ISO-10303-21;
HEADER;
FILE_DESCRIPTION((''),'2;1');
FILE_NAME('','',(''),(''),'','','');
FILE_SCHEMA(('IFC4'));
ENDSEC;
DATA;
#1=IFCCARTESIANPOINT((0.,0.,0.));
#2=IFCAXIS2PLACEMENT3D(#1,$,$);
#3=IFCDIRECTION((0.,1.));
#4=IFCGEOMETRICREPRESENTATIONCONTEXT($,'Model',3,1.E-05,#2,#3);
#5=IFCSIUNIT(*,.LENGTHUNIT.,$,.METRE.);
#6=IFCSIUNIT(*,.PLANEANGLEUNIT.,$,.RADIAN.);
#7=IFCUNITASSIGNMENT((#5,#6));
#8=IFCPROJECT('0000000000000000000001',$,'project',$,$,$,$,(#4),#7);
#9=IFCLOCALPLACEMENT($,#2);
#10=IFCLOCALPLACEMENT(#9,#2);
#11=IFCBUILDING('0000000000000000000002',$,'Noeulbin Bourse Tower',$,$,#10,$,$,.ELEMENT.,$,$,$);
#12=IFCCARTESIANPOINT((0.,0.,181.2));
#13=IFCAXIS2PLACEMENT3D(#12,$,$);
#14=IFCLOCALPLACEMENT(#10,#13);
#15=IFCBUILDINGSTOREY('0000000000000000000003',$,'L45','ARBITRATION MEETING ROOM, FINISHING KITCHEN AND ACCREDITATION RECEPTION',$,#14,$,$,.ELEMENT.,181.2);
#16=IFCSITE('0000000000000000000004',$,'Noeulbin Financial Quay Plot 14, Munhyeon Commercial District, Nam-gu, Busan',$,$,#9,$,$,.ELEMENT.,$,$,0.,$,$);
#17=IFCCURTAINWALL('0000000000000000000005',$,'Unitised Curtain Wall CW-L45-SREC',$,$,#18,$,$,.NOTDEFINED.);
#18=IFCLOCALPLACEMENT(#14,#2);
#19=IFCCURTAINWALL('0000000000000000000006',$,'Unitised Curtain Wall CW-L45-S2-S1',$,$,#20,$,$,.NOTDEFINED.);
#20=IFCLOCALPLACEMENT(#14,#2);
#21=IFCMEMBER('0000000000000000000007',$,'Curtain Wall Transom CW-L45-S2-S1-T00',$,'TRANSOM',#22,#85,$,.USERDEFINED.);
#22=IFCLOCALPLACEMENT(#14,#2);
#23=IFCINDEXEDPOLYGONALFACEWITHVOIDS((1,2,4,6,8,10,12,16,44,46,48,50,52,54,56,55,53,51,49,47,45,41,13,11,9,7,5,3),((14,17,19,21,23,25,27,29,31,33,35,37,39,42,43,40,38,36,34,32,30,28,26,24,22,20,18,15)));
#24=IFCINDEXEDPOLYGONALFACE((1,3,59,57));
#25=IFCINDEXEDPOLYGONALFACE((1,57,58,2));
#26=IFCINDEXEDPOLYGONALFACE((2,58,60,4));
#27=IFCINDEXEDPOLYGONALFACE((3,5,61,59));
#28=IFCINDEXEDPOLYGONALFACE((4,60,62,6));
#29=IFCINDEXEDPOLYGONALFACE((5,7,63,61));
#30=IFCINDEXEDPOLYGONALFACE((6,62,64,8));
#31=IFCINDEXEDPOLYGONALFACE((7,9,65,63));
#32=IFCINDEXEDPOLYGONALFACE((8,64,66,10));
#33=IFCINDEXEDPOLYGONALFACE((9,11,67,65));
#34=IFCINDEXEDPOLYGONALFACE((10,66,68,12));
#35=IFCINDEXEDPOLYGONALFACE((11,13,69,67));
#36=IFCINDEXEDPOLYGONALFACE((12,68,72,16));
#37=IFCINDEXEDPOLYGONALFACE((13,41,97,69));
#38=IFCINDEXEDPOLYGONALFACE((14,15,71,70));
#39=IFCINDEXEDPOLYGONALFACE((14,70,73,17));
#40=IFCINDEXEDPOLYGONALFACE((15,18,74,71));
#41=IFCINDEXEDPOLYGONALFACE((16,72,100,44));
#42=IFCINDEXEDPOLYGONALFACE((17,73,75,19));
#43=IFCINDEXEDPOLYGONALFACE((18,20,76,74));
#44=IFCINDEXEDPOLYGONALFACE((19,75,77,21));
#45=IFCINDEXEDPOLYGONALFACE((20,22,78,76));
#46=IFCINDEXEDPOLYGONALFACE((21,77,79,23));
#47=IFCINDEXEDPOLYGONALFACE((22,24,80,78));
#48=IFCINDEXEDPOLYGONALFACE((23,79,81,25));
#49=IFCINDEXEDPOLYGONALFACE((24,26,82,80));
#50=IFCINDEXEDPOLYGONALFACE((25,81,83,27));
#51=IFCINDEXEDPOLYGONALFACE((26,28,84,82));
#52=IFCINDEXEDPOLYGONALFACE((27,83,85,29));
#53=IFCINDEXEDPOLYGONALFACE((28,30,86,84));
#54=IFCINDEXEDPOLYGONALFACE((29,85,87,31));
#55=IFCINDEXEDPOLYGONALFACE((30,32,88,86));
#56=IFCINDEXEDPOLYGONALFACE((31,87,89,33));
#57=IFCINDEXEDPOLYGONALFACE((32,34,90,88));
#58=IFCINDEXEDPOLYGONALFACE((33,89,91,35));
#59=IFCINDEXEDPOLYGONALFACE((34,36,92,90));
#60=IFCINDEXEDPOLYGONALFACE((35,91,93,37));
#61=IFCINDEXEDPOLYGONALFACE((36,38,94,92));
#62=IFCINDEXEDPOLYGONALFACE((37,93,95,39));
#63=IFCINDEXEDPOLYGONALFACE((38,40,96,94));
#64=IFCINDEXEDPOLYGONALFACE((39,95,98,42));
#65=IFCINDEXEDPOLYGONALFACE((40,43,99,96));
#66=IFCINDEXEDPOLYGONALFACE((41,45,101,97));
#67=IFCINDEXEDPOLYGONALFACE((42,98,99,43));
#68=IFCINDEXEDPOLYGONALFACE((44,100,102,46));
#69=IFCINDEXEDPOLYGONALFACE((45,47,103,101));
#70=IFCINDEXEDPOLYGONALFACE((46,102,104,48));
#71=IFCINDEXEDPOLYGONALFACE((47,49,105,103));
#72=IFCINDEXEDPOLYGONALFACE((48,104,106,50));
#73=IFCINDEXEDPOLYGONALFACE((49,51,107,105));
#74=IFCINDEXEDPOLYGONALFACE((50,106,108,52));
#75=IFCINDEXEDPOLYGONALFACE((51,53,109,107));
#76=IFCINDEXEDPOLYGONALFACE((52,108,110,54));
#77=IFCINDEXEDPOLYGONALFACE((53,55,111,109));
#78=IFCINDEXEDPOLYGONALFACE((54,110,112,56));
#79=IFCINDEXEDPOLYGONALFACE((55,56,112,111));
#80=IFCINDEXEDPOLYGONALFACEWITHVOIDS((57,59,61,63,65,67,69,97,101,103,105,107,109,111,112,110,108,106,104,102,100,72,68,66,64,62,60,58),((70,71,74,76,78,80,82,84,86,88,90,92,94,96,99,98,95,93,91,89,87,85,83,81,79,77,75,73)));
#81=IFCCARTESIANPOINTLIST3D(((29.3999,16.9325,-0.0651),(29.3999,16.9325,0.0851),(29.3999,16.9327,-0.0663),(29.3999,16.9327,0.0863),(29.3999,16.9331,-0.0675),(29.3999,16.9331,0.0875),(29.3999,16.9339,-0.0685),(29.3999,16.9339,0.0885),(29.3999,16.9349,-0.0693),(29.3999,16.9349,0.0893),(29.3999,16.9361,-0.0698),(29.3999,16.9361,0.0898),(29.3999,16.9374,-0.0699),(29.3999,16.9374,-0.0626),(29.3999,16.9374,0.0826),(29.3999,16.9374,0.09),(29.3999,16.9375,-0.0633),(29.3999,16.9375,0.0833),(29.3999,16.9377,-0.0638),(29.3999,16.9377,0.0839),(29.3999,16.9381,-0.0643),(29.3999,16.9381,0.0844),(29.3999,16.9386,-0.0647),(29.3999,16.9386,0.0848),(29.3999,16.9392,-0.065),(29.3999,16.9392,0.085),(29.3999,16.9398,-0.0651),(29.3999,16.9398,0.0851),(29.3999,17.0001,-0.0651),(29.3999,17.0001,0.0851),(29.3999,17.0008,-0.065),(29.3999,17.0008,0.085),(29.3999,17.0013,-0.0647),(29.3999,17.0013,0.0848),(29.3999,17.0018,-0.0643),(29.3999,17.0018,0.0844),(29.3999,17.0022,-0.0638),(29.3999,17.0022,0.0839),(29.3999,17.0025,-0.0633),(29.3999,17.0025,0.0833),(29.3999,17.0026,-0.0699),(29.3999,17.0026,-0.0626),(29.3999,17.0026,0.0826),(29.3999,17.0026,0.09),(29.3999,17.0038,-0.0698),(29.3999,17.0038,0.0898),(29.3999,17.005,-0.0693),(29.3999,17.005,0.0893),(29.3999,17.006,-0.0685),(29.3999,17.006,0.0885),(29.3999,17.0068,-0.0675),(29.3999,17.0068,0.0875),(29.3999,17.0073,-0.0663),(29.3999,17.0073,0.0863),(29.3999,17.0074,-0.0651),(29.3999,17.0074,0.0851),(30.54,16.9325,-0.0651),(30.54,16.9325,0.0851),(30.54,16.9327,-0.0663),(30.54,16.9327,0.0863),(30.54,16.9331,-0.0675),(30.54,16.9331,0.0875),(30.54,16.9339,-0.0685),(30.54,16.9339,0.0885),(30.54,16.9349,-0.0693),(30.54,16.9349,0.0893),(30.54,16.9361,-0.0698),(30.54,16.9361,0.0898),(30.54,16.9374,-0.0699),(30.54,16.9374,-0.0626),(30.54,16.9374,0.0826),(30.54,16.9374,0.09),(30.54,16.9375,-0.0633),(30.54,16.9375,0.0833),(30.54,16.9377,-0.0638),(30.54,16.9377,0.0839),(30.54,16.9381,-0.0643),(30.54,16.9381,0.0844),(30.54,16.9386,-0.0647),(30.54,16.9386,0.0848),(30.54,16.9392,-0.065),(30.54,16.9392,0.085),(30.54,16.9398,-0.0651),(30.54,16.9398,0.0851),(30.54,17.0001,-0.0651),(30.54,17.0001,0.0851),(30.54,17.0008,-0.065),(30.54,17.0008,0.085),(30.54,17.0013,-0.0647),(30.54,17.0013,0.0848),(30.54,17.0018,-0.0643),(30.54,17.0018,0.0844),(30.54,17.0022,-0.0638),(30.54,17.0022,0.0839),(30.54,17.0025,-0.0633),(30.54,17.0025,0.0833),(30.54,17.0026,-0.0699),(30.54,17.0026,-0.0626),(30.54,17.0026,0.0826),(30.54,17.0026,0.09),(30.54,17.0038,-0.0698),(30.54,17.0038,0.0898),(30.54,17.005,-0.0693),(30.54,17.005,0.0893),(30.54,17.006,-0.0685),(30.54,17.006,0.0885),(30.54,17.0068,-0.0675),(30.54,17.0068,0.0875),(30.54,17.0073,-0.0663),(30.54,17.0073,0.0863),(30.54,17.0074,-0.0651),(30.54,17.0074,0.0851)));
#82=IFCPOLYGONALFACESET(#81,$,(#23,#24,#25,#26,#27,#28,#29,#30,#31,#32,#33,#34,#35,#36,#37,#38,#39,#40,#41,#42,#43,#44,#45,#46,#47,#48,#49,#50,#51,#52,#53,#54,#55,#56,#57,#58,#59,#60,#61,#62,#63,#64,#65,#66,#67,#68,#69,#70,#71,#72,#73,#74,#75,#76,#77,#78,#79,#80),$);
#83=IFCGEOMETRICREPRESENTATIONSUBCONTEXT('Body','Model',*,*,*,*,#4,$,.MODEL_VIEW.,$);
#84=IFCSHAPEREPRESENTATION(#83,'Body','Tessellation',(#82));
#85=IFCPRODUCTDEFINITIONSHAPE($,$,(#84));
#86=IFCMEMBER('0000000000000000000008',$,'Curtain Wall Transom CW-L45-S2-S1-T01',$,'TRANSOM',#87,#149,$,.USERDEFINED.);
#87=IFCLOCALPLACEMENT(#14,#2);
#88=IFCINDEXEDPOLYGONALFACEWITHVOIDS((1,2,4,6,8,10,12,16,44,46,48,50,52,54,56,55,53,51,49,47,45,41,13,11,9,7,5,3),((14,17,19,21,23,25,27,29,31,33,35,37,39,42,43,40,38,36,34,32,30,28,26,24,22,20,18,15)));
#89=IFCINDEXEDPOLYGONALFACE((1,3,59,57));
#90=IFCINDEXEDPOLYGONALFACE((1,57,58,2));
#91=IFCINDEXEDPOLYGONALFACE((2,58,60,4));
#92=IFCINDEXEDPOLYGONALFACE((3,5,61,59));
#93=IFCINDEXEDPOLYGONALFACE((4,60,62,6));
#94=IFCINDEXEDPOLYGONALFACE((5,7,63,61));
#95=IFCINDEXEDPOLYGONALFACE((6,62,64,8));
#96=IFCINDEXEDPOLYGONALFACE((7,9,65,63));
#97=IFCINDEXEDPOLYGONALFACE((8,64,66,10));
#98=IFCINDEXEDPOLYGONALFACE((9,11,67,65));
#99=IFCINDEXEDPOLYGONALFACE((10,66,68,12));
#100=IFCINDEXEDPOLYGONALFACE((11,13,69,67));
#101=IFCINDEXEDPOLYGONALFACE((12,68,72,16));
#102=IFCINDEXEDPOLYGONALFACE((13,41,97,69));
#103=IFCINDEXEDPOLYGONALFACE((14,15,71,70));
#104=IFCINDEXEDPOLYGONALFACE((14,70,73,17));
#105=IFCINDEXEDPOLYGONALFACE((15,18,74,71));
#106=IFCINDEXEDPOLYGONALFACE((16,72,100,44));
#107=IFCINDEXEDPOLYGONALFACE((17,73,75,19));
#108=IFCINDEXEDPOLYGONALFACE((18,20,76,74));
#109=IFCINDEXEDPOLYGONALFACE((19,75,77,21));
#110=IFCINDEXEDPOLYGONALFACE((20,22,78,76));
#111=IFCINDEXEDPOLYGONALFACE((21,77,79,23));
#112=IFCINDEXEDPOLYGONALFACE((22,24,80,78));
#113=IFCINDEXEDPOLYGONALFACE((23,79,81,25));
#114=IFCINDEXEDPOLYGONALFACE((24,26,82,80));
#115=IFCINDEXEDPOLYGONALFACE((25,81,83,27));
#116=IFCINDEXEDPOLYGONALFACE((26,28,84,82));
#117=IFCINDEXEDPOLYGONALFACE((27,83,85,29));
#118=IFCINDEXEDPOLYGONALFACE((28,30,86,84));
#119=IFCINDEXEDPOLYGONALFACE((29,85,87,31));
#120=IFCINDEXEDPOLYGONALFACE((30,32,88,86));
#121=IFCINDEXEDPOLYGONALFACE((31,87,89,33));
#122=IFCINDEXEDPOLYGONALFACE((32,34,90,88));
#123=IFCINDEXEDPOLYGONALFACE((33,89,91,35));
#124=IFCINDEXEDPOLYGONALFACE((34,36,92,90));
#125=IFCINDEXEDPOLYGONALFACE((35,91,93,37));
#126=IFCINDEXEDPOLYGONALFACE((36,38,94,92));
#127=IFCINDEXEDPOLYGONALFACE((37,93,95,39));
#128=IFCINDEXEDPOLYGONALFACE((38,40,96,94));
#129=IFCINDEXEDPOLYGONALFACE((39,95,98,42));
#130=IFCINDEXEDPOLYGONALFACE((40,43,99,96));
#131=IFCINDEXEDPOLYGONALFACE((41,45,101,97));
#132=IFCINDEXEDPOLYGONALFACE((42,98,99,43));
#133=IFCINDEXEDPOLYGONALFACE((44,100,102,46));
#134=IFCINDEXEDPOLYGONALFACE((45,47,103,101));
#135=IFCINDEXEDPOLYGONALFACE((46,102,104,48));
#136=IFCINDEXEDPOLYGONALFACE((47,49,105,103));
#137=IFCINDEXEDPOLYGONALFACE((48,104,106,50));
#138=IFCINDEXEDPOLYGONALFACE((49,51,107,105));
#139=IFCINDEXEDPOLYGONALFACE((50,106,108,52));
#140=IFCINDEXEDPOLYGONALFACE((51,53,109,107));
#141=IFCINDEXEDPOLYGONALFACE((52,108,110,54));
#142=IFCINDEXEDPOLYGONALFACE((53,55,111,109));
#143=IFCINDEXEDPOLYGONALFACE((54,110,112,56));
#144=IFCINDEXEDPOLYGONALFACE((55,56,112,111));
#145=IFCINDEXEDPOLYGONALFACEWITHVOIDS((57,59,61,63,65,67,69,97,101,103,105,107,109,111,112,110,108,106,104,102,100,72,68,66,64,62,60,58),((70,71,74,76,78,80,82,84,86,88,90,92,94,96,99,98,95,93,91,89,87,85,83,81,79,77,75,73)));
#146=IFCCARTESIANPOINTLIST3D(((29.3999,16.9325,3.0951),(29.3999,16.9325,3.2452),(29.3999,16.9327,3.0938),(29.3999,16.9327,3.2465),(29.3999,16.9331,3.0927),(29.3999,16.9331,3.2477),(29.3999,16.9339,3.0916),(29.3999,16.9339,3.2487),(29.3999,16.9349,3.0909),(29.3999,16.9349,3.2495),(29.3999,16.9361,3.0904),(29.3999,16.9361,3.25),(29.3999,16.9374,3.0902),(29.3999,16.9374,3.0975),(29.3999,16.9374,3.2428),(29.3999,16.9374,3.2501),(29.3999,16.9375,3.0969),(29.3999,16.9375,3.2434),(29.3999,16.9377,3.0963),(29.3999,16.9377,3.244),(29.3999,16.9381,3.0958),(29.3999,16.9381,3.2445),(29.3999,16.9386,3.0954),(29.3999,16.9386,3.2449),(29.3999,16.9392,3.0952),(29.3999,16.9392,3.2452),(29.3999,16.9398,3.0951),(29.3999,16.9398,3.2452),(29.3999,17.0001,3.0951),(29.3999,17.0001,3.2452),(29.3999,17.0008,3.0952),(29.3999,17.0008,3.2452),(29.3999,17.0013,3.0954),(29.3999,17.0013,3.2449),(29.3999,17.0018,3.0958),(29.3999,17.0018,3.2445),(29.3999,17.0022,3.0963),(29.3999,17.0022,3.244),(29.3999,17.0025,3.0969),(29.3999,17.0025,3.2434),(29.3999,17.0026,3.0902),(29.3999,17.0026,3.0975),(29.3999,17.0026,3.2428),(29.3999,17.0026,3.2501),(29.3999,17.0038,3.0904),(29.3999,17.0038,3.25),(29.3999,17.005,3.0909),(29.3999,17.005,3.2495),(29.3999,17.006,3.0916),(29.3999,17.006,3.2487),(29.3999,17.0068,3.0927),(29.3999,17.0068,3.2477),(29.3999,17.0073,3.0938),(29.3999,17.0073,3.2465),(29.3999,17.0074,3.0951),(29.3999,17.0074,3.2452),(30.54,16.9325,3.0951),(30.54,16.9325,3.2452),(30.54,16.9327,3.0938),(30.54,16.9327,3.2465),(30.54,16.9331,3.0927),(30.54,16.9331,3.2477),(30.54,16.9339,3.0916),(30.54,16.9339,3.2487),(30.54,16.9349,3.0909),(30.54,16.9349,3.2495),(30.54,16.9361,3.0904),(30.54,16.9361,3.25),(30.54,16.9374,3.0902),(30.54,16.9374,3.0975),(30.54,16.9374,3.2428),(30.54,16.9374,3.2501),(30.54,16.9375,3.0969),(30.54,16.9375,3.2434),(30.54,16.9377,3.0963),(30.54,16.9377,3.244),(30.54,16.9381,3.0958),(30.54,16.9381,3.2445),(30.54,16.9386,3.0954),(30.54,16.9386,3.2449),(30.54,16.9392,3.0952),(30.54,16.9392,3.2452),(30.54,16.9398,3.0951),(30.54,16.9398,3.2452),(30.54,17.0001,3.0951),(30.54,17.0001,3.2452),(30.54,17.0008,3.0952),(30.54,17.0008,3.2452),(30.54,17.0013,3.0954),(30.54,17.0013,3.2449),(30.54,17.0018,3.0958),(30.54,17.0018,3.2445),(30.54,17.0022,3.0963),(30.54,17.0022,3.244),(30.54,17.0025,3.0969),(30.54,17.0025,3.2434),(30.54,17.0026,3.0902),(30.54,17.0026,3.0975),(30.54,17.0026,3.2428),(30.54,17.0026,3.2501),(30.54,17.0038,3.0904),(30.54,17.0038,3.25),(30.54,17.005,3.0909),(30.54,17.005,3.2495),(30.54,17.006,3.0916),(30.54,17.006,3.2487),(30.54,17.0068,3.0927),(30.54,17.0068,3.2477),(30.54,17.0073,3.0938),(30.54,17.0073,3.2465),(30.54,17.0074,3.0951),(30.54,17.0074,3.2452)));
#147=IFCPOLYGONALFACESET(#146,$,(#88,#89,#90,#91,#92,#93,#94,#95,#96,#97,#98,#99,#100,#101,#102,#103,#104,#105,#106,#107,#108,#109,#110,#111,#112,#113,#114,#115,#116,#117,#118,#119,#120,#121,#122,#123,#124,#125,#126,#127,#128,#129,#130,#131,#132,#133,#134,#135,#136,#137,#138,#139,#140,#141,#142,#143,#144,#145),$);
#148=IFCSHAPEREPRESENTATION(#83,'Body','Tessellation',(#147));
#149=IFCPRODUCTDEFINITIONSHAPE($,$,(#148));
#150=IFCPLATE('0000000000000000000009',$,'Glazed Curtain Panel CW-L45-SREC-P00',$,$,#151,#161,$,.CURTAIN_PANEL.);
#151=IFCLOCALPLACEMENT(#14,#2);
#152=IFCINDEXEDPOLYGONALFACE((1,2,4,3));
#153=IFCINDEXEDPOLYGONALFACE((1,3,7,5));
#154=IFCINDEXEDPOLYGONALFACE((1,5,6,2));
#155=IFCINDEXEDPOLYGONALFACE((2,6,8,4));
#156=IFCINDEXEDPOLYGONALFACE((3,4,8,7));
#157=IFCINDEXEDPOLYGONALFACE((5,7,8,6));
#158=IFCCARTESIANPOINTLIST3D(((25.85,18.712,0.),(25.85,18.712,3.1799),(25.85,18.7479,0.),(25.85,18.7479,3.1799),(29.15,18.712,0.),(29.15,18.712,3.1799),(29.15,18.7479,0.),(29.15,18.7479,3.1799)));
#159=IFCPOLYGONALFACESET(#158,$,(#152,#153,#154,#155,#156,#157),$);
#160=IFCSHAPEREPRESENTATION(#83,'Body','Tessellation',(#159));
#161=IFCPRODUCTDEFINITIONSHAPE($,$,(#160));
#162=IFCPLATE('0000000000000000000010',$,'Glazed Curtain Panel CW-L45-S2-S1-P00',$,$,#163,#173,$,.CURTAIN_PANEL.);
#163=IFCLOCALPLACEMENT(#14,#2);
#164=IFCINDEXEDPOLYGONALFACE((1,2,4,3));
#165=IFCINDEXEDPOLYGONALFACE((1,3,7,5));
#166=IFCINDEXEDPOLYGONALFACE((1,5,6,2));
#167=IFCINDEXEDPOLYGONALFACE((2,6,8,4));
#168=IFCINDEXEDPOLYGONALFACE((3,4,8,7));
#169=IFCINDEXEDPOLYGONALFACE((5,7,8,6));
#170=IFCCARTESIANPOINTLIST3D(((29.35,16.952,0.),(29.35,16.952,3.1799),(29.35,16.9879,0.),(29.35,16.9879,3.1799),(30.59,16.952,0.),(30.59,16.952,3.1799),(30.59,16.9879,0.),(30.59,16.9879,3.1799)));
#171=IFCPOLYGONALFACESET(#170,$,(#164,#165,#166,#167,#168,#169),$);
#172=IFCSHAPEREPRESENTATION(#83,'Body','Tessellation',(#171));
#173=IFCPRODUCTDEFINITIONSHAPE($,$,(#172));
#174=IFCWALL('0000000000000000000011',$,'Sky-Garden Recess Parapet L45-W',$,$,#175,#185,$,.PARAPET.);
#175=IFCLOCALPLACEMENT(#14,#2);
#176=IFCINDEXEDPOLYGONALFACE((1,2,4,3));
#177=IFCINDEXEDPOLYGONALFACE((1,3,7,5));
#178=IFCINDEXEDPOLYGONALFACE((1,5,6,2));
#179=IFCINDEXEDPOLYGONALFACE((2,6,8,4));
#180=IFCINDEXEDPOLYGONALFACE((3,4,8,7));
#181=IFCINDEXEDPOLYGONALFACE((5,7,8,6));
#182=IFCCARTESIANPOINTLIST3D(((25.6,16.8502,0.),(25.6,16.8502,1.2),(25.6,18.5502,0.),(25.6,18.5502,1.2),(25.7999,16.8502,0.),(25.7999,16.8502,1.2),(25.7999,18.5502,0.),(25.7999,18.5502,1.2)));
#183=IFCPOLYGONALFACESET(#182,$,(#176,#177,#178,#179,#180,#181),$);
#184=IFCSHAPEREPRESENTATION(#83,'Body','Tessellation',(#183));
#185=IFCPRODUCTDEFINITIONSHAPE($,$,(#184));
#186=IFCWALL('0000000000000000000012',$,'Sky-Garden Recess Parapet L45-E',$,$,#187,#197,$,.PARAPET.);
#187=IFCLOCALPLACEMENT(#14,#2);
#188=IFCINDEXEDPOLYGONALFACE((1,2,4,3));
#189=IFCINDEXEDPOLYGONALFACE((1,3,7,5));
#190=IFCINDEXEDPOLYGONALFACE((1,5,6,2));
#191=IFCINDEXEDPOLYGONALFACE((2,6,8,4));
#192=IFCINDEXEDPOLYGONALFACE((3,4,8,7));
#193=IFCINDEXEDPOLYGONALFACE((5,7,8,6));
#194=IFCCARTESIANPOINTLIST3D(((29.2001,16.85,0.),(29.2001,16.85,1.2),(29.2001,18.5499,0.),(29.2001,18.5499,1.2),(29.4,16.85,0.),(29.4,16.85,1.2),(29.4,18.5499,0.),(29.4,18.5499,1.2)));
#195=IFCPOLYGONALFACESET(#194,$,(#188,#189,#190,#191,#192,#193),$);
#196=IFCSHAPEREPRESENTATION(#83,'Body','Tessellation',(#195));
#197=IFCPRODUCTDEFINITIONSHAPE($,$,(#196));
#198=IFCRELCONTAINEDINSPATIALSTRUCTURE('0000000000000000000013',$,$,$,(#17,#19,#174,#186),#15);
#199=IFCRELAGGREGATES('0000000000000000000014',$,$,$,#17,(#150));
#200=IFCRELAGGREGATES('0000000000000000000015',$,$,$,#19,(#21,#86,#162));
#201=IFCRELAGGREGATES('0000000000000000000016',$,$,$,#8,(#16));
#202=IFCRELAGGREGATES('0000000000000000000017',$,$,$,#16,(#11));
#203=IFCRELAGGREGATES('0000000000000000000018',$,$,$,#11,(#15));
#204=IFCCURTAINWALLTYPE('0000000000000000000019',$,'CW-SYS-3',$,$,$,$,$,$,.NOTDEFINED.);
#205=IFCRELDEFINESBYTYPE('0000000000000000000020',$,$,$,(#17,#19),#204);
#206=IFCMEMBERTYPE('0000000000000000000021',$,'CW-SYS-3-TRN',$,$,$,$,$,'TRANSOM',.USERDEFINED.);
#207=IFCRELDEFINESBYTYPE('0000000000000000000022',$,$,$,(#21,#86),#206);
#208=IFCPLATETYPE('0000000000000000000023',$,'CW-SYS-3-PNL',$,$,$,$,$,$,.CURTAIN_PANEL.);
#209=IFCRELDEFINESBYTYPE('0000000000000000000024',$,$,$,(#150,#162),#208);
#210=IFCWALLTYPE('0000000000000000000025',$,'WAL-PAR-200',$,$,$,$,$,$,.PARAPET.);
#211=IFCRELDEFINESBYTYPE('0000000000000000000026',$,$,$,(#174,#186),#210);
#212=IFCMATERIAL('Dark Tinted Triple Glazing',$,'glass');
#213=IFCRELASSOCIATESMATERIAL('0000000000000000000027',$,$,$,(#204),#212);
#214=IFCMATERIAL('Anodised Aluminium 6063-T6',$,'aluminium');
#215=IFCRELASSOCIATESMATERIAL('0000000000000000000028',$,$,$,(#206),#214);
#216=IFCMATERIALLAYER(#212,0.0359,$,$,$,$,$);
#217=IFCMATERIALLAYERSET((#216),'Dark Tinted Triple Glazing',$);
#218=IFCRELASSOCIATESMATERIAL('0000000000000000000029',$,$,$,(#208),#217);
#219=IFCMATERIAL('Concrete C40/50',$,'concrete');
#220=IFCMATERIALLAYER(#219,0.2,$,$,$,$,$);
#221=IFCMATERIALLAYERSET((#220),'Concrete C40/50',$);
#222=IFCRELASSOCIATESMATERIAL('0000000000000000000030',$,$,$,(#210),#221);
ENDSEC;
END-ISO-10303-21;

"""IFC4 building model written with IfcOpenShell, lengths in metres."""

from ifc_helpers import new_model, si_unit, direction, frame, frame_2d, origin, origin_2d, place, context, subcontext, project, spatial, rectangle, hollow_rectangle, extrude, material, layer, layer_set, material_profile, profile_set, type_object, element, aggregate, save


model = new_model("IFC4")

# Units and contexts
model_context = context("Model", 3, precision=1e-05, world=origin(), true_north=direction((0.0, 1.0)))
body_context = subcontext(model_context, "Body", "Model", "MODEL_VIEW")
ifc_project = project(units=[si_unit("LENGTHUNIT", "METRE"), si_unit("PLANEANGLEUNIT", "RADIAN")], contexts=[model_context])

# Site, building, storey
site_placement = place(None, origin())
site = spatial("IfcSite", under=ifc_project, at=site_placement, Name="Noeulbin Financial Quay Plot 14, Munhyeon Commercial District, Nam-gu, Busan", CompositionType="ELEMENT", RefElevation=0.0)
building_placement = place(site_placement, origin())
building = spatial("IfcBuilding", under=site, at=building_placement, Name="Noeulbin Bourse Tower", CompositionType="ELEMENT")
storey_placement = place(building_placement, frame((0.0, 0.0, 181.2)))
storey = spatial("IfcBuildingStorey", under=building, at=storey_placement, Name="L45", Description="ARBITRATION MEETING ROOM, FINISHING KITCHEN AND ACCREDITATION RECEPTION", CompositionType="ELEMENT", Elevation=181.2)

# Curtain wall
ifc_material_1 = material(Name="Dark Tinted Triple Glazing", Category="glass")
curtain_wall_type = type_object("IfcCurtainWallType", Name="CW-SYS-3", PredefinedType="NOTDEFINED", material=ifc_material_1)
curtain_wall_1_placement = place(storey_placement, origin())
curtain_wall_1 = element("IfcCurtainWall", 1, at=curtain_wall_1_placement, inside=storey, type_object=curtain_wall_type, Name="Unitised Curtain Wall CW-L45-SREC", PredefinedType="NOTDEFINED")
ifc_material_2 = material(Name="Anodised Aluminium 6063-T6", Category="aluminium")

# Curtain wall
curtain_wall_2_placement = place(storey_placement, origin())
curtain_wall_2 = element("IfcCurtainWall", 2, at=curtain_wall_2_placement, inside=storey, type_object=curtain_wall_type, Name="Unitised Curtain Wall CW-L45-S2-S1", PredefinedType="NOTDEFINED")

# Members
ifc_material_profile_1 = material_profile(ifc_material_2, hollow_rectangle(XDim=0.075, YDim=0.1599, WallThickness=0.0049, InnerFilletRadius=0.0024, OuterFilletRadius=0.0049, at=origin_2d()), Name="ALU-TRAN-75x160x5", Category="LoadBearing")
ifc_profile_set_1 = profile_set([ifc_material_profile_1], Name="Anodised Aluminium 6063-T6")
member_type_1 = type_object("IfcMemberType", Name="CW-SYS-3-TRN", ElementType="TRANSOM", PredefinedType="USERDEFINED", material=ifc_profile_set_1)
member_1_placement = place(storey_placement, frame((29.3999, 16.97, 0.01), z_axis=(1.0, 0.0, 0.0), x_axis=(0.0, 1.0, 0.0)))
member_1 = element("IfcMember", 3, at=member_1_placement, type_object=member_type_1, Name="Curtain Wall Transom CW-L45-S2-S1-T00", ObjectType="TRANSOM", PredefinedType="USERDEFINED", context=body_context, shape_type="SweptSolid", body=[
    extrude(hollow_rectangle(XDim=0.075, YDim=0.1599, WallThickness=0.0049, InnerFilletRadius=0.0024, OuterFilletRadius=0.0049, at=origin_2d()), origin(), (0.0, 0.0, 1.0), 1.1401),
])
member_2_placement = place(storey_placement, frame((29.3999, 16.97, 3.1702), z_axis=(1.0, 0.0, 0.0), x_axis=(0.0, 1.0, 0.0)))
member_2 = element("IfcMember", 4, at=member_2_placement, type_object=member_type_1, Name="Curtain Wall Transom CW-L45-S2-S1-T01", ObjectType="TRANSOM", PredefinedType="USERDEFINED", context=body_context, shape_type="SweptSolid", body=[
    extrude(hollow_rectangle(XDim=0.075, YDim=0.1599, WallThickness=0.0049, InnerFilletRadius=0.0024, OuterFilletRadius=0.0049, at=origin_2d()), origin(), (0.0, 0.0, 1.0), 1.1401),
])

# Plates
ifc_layer_1 = layer(ifc_material_1, 0.0359)
ifc_layer_set_1 = layer_set([ifc_layer_1], Name="Dark Tinted Triple Glazing")
plate_type = type_object("IfcPlateType", Name="CW-SYS-3-PNL", PredefinedType="CURTAIN_PANEL", material=ifc_layer_set_1)
plate_1_placement = place(storey_placement, frame((27.5, 18.73, 0.0), z_axis=(0.0, 0.0, 1.0), x_axis=(1.0, 0.0, 0.0)))
plate_1 = element("IfcPlate", 5, at=plate_1_placement, type_object=plate_type, Name="Glazed Curtain Panel CW-L45-SREC-P00", PredefinedType="CURTAIN_PANEL", context=body_context, shape_type="SweptSolid", body=[
    extrude(rectangle(XDim=3.3, YDim=0.0359, at=origin_2d()), origin(), (0.0, 0.0, 1.0), 3.1799),
])
aggregate(curtain_wall_1, [plate_1])
plate_2_placement = place(storey_placement, frame((29.97, 16.97, 0.0), z_axis=(0.0, 0.0, 1.0), x_axis=(1.0, 0.0, 0.0)))
plate_2 = element("IfcPlate", 6, at=plate_2_placement, type_object=plate_type, Name="Glazed Curtain Panel CW-L45-S2-S1-P00", PredefinedType="CURTAIN_PANEL", context=body_context, shape_type="SweptSolid", body=[
    extrude(rectangle(XDim=1.24, YDim=0.0359, at=origin_2d()), origin(), (0.0, 0.0, 1.0), 3.1799),
])
aggregate(curtain_wall_2, [member_1, member_2, plate_2])

# Walls
ifc_material_3 = material(Name="Concrete C40/50", Category="concrete")
ifc_layer_2 = layer(ifc_material_3, 0.2)
ifc_layer_set_2 = layer_set([ifc_layer_2], Name="Concrete C40/50")
wall_type_1 = type_object("IfcWallType", Name="WAL-PAR-200", PredefinedType="PARAPET", material=ifc_layer_set_2)
for number, where, z_axis, x_axis, name in (
    (7, (25.7, 16.8501, 0.0), (0.0, 0.0, 1.0), (0.0, 1.0, 0.0), "Sky-Garden Recess Parapet L45-W"),
    (8, (29.3, 18.55, 0.0), (0.0, 0.0, 1.0), (0.0, -1.0, 0.0), "Sky-Garden Recess Parapet L45-E"),
):
    element("IfcWall", number, at=place(storey_placement, frame(where, z_axis=z_axis, x_axis=x_axis)), inside=storey, type_object=wall_type_1, Name=name, PredefinedType="PARAPET", context=body_context, shape_type="SweptSolid", body=[
        extrude(rectangle(XDim=1.7, YDim=0.2, at=frame_2d((0.8501, 0.0))), origin(), (0.0, 0.0, 1.0), 1.2),
    ])

save(model, "model.ifc")
